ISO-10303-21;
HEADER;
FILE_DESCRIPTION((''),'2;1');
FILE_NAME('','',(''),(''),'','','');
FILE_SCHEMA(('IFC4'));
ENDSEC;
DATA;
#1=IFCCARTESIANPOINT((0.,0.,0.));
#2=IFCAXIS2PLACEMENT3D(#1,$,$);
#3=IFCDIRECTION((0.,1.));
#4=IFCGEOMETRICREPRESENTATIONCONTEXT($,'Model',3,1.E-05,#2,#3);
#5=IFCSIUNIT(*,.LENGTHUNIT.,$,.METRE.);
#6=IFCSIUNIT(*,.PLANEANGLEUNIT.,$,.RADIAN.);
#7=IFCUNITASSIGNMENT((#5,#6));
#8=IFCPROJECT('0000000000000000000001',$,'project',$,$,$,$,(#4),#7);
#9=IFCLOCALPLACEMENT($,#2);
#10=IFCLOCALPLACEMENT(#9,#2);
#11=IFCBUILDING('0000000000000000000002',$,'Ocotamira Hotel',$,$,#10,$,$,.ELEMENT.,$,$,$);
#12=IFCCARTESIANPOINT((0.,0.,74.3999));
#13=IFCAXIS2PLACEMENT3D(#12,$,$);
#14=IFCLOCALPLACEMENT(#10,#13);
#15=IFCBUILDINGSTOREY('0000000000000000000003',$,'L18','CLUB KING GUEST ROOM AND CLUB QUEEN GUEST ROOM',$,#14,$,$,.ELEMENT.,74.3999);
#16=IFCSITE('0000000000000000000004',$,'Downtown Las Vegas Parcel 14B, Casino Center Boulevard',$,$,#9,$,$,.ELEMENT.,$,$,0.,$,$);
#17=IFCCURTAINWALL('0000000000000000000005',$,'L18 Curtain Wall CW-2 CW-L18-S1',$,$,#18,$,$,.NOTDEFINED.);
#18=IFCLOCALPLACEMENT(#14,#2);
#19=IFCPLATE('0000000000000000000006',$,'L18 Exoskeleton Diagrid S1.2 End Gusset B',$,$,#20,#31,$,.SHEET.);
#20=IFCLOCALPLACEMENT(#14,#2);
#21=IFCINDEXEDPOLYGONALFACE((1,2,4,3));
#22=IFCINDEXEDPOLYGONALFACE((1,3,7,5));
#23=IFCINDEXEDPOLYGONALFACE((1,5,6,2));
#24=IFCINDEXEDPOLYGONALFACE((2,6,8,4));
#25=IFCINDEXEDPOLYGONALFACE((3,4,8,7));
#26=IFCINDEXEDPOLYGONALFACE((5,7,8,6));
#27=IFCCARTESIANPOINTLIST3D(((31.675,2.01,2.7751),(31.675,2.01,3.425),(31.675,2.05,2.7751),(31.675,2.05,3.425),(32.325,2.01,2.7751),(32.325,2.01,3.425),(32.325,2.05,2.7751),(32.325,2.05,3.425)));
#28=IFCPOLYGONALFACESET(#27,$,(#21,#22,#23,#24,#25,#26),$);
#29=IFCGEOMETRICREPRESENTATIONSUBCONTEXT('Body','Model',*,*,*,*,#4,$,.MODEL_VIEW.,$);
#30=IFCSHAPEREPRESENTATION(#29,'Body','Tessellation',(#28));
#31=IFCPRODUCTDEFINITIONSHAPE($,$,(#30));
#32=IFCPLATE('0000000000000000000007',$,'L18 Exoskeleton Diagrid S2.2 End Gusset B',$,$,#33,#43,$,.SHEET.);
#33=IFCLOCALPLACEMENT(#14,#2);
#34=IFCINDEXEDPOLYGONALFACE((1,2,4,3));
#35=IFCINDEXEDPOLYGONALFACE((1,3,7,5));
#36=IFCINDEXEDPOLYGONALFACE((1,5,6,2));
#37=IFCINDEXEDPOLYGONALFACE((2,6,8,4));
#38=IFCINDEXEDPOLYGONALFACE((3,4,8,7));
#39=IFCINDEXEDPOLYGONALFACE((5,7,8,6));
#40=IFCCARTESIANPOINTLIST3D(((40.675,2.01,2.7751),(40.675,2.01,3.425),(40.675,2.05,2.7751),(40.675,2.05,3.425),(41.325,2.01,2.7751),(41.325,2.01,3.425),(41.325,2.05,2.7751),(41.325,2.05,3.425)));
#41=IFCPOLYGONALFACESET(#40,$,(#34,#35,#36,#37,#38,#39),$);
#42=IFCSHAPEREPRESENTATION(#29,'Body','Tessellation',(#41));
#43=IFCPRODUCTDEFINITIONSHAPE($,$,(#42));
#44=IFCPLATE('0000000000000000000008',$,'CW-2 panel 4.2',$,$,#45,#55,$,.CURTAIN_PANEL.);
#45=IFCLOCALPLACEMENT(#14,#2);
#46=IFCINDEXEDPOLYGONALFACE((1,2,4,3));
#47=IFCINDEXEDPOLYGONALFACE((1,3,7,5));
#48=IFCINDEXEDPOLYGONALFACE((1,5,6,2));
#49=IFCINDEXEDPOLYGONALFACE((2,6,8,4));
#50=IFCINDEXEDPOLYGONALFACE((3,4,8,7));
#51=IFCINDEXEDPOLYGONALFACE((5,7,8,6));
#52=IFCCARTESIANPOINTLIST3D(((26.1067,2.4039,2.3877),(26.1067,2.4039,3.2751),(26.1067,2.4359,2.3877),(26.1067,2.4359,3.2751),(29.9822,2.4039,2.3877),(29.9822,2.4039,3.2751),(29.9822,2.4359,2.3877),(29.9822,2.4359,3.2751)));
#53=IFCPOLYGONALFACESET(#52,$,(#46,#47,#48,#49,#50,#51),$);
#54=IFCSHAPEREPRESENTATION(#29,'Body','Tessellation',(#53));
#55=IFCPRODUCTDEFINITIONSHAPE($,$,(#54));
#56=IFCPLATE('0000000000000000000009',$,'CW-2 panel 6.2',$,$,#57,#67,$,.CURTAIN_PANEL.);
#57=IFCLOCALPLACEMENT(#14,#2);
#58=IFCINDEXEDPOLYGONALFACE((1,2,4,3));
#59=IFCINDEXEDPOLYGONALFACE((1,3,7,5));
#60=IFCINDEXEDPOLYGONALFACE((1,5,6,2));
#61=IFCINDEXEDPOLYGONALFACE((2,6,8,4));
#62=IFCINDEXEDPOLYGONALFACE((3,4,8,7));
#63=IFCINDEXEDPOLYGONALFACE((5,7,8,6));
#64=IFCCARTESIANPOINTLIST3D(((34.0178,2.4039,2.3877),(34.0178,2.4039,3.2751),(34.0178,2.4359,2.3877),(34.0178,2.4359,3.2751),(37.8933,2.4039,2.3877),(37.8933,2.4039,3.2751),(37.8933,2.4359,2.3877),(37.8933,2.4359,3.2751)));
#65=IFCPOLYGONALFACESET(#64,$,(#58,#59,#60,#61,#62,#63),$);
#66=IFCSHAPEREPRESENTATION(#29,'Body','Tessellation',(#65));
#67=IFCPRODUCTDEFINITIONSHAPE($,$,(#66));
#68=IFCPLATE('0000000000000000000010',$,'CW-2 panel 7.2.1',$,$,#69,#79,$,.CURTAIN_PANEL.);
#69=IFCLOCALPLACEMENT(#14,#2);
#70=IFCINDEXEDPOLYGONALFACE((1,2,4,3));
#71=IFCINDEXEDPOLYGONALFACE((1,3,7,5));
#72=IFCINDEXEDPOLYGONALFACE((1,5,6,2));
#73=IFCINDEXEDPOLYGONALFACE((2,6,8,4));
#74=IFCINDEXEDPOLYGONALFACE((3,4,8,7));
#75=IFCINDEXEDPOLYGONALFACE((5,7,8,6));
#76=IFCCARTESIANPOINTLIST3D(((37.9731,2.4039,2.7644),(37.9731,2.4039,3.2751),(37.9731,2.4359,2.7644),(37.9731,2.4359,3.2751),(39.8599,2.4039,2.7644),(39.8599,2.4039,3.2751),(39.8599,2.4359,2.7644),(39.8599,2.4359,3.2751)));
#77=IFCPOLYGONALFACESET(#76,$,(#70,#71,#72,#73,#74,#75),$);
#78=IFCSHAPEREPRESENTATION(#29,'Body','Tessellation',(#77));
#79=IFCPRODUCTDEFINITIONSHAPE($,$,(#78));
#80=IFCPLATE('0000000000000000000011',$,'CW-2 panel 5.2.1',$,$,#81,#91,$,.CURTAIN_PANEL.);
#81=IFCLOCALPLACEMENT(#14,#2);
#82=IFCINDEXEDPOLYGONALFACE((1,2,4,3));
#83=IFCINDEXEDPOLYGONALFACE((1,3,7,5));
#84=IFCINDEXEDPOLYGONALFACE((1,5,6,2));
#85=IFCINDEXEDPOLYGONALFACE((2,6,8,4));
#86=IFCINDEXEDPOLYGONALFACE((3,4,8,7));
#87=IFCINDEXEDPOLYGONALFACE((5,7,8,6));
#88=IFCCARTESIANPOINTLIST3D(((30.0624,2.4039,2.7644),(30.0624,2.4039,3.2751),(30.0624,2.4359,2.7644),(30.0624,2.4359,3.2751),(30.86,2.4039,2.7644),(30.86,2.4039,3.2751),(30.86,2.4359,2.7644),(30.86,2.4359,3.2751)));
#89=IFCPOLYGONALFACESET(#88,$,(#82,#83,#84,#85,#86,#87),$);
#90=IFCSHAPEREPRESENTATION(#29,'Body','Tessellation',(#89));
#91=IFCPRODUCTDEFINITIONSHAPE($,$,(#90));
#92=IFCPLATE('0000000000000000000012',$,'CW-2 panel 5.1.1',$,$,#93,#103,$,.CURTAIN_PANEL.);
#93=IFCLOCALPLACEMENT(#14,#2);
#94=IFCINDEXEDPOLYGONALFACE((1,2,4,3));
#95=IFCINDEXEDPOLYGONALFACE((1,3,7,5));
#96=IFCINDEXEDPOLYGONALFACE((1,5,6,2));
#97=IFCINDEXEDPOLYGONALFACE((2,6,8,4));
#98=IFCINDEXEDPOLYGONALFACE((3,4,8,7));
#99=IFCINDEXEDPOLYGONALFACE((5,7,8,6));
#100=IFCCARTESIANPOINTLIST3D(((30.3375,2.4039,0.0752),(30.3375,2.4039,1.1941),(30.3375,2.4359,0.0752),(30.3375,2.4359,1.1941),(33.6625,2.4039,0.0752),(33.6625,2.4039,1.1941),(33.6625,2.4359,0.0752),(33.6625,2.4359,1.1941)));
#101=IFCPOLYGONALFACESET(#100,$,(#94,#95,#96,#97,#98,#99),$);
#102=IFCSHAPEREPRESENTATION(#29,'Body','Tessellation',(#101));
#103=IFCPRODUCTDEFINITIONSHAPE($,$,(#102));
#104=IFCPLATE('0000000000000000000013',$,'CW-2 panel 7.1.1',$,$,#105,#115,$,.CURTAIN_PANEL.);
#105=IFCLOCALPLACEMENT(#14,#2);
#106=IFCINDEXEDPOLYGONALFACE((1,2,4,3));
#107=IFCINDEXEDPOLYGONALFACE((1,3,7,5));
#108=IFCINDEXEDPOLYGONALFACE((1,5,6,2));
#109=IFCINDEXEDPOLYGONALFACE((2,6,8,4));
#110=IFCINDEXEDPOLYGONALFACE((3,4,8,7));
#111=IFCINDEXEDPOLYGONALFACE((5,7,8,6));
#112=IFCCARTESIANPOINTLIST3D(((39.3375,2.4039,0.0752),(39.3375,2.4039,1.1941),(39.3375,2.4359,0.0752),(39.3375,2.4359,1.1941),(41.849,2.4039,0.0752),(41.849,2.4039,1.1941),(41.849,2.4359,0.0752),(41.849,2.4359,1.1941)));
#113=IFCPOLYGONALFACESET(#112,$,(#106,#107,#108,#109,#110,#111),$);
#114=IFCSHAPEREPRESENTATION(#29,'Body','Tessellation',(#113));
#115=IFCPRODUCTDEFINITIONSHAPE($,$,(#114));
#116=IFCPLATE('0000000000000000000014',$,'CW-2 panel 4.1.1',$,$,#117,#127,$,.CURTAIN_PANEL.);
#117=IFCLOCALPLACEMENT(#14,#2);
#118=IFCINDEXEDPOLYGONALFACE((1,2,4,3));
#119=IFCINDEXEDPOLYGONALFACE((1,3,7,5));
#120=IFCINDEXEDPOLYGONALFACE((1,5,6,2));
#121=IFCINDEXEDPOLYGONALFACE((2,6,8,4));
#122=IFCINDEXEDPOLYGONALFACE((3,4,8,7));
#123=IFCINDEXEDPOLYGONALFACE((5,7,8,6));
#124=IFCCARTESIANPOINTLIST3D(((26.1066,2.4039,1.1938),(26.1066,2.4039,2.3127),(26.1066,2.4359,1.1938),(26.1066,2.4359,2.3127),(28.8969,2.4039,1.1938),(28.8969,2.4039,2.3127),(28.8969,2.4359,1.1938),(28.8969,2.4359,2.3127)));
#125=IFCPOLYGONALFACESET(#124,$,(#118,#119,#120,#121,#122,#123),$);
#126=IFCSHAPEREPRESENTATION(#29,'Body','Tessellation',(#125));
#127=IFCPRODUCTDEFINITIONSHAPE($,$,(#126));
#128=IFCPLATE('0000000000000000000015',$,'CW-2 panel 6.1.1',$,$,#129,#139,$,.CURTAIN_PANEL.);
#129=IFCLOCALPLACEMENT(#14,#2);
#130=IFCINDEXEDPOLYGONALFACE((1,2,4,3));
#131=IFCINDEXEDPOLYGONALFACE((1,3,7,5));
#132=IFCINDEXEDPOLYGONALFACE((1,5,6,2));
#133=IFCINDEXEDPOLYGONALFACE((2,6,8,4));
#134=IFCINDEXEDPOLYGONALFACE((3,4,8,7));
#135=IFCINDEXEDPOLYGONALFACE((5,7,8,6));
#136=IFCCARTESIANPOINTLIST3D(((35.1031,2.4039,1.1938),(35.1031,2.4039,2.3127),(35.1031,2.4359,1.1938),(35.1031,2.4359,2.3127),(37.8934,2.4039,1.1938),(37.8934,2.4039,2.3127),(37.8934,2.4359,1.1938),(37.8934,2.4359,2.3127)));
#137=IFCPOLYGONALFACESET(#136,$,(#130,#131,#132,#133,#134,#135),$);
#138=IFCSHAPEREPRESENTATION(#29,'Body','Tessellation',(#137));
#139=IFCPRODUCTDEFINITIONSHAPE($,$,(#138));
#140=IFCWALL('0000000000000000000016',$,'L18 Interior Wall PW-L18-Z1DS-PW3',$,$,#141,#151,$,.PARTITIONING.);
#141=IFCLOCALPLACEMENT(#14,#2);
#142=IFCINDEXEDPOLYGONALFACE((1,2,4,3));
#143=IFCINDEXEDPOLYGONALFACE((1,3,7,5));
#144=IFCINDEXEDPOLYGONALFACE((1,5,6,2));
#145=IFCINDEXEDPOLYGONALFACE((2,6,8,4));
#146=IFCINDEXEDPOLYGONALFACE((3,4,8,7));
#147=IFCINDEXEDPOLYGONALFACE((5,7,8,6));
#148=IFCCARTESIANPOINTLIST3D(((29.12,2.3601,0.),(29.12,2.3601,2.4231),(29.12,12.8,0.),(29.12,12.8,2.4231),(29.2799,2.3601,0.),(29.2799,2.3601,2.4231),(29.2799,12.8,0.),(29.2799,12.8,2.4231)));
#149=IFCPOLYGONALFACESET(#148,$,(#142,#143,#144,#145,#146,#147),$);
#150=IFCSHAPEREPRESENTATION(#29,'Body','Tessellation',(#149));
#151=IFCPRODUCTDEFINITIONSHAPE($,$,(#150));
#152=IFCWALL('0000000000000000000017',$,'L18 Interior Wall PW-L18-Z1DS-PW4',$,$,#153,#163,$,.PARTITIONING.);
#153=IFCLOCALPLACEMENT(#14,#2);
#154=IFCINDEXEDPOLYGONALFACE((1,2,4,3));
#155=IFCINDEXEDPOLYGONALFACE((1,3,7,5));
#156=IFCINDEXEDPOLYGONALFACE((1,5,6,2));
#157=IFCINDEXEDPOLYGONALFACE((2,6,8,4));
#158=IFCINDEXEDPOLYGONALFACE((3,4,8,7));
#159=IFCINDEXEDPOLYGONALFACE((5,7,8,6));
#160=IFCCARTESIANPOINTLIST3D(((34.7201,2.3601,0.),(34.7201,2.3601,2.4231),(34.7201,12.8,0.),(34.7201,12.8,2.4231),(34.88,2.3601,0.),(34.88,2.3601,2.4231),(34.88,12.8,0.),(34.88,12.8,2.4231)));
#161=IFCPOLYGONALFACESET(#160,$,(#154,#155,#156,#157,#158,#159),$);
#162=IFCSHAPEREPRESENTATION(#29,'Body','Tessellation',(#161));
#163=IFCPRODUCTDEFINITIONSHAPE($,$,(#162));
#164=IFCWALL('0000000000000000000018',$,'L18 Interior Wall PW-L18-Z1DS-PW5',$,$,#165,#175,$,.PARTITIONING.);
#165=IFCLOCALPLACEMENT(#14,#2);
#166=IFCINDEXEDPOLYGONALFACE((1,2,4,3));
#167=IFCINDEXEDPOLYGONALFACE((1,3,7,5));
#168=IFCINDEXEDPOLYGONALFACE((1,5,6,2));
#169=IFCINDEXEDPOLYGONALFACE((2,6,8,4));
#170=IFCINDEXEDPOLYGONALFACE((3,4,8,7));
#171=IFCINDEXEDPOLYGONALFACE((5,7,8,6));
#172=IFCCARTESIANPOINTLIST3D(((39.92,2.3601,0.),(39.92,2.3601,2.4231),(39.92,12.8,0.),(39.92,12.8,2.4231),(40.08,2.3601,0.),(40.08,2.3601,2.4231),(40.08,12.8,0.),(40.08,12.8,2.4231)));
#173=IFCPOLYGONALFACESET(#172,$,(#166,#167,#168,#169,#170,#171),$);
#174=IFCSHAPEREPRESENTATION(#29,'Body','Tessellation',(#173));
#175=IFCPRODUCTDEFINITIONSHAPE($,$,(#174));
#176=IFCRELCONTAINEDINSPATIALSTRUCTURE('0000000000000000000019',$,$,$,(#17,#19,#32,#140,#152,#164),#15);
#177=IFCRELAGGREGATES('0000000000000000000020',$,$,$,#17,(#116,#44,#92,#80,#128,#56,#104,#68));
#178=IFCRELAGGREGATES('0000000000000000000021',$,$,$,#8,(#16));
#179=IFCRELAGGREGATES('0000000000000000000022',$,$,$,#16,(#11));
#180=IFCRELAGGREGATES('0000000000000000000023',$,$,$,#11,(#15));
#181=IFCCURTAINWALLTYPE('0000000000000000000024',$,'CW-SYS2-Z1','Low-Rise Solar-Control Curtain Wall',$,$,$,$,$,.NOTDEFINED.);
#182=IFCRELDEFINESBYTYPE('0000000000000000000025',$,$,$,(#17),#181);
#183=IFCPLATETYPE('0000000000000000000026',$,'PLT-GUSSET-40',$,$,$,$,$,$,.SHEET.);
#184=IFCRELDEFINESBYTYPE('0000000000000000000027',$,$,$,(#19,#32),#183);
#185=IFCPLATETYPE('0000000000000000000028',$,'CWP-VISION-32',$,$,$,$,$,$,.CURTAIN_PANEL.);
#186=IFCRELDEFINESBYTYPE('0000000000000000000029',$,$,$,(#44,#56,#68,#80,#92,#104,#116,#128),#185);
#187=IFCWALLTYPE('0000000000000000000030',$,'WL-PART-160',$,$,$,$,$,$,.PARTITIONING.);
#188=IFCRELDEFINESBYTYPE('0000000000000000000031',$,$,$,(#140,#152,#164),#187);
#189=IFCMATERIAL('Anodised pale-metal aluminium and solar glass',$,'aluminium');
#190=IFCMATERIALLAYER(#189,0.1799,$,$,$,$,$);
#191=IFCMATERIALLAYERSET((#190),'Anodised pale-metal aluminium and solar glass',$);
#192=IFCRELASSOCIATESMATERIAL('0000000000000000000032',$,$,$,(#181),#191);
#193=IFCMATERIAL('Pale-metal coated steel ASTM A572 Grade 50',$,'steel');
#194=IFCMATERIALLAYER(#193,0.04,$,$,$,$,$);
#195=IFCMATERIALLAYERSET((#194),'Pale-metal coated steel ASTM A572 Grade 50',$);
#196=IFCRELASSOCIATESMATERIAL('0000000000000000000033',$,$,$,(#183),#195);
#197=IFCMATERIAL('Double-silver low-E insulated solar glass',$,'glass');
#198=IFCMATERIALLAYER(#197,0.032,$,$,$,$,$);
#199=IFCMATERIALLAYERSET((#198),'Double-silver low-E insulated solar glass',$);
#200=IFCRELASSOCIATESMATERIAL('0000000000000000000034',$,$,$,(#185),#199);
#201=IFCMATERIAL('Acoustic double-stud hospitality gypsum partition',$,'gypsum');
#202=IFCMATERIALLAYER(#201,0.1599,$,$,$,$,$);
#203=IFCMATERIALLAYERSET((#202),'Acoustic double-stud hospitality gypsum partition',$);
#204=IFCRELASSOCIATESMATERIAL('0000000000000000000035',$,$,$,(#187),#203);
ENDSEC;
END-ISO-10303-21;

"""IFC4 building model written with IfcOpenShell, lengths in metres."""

from ifc_helpers import new_model, si_unit, direction, frame, frame_2d, origin, origin_2d, place, context, subcontext, project, spatial, rectangle, extrude, source, transform, mapped, material, layer, layer_set, type_object, element, aggregate, save


model = new_model("IFC4")

# Units and contexts
model_context = context("Model", 3, precision=1e-05, world=origin(), true_north=direction((0.0, 1.0)))
body_context = subcontext(model_context, "Body", "Model", "MODEL_VIEW")
ifc_project = project(units=[si_unit("LENGTHUNIT", "METRE"), si_unit("PLANEANGLEUNIT", "RADIAN")], contexts=[model_context])

# Site, building, storey
site_placement = place(None, origin())
site = spatial("IfcSite", under=ifc_project, at=site_placement, Name="Downtown Las Vegas Parcel 14B, Casino Center Boulevard", CompositionType="ELEMENT", RefElevation=0.0)
building_placement = place(site_placement, origin())
building = spatial("IfcBuilding", under=site, at=building_placement, Name="Ocotamira Hotel", CompositionType="ELEMENT")
storey_placement = place(building_placement, frame((0.0, 0.0, 74.3999)))
storey = spatial("IfcBuildingStorey", under=building, at=storey_placement, Name="L18", Description="CLUB KING GUEST ROOM AND CLUB QUEEN GUEST ROOM", CompositionType="ELEMENT", Elevation=74.3999)

# Curtain wall
ifc_material_1 = material(Name="Anodised pale-metal aluminium and solar glass", Category="aluminium")
ifc_layer_1 = layer(ifc_material_1, 0.1799)
ifc_layer_set_1 = layer_set([ifc_layer_1], Name="Anodised pale-metal aluminium and solar glass")
curtain_wall_type = type_object("IfcCurtainWallType", Name="CW-SYS2-Z1", Description="Low-Rise Solar-Control Curtain Wall", PredefinedType="NOTDEFINED", material=ifc_layer_set_1)
curtain_wall_placement = place(storey_placement, origin())
curtain_wall = element("IfcCurtainWall", 1, at=curtain_wall_placement, inside=storey, type_object=curtain_wall_type, Name="L18 Curtain Wall CW-2 CW-L18-S1", PredefinedType="NOTDEFINED")

# Plates
ifc_material_2 = material(Name="Pale-metal coated steel ASTM A572 Grade 50", Category="steel")
ifc_layer_2 = layer(ifc_material_2, 0.04)
ifc_layer_set_2 = layer_set([ifc_layer_2], Name="Pale-metal coated steel ASTM A572 Grade 50")
plate_type_1 = type_object("IfcPlateType", Name="PLT-GUSSET-40", PredefinedType="SHEET", material=ifc_layer_set_2)
shared_shape_1 = source(origin(), body_context, "Body", "SweptSolid", [
    extrude(rectangle(XDim=0.6499, YDim=0.04, at=origin_2d()), origin(), (0.0, 0.0, 1.0), 0.6499),
])
for number, where, z_axis, x_axis, name in (
    (2, (32.0, 2.03, 2.7751), (0.0, 0.0, 1.0), (1.0, 0.0, 0.0), "L18 Exoskeleton Diagrid S1.2 End Gusset B"),
    (3, (41.0, 2.03, 2.7751), (0.0, 0.0, 1.0), (1.0, 0.0, 0.0), "L18 Exoskeleton Diagrid S2.2 End Gusset B"),
):
    element("IfcPlate", number, at=place(storey_placement, frame(where, z_axis=z_axis, x_axis=x_axis)), inside=storey, type_object=plate_type_1, Name=name, PredefinedType="SHEET", context=body_context, shape_type="MappedRepresentation", body=[
        mapped(shared_shape_1, transform((0.0, 0.0, 0.0), scale=1.0)),
    ])

# Plates
ifc_material_3 = material(Name="Double-silver low-E insulated solar glass", Category="glass")
ifc_layer_3 = layer(ifc_material_3, 0.032)
ifc_layer_set_3 = layer_set([ifc_layer_3], Name="Double-silver low-E insulated solar glass")
plate_type_2 = type_object("IfcPlateType", Name="CWP-VISION-32", PredefinedType="CURTAIN_PANEL", material=ifc_layer_set_3)
shared_shape_2 = source(origin(), body_context, "Body", "SweptSolid", [
    extrude(rectangle(XDim=3.8755, YDim=0.032, at=origin_2d()), origin(), (0.0, 0.0, 1.0), 0.8875),
])
plate_1_placement = place(storey_placement, frame((28.0444, 2.4199, 2.3877), z_axis=(0.0, 0.0, 1.0), x_axis=(1.0, 0.0, 0.0)))
plate_1 = element("IfcPlate", 4, at=plate_1_placement, type_object=plate_type_2, Name="CW-2 panel 4.2", PredefinedType="CURTAIN_PANEL", context=body_context, shape_type="MappedRepresentation", body=[
    mapped(shared_shape_2, transform((0.0, 0.0, 0.0), scale=1.0)),
])
plate_2_placement = place(storey_placement, frame((35.9556, 2.4199, 2.3877), z_axis=(0.0, 0.0, 1.0), x_axis=(1.0, 0.0, 0.0)))
plate_2 = element("IfcPlate", 5, at=plate_2_placement, type_object=plate_type_2, Name="CW-2 panel 6.2", PredefinedType="CURTAIN_PANEL", context=body_context, shape_type="MappedRepresentation", body=[
    mapped(shared_shape_2, transform((0.0, 0.0, 0.0), scale=1.0)),
])
shared_shape_3 = source(origin(), body_context, "Body", "SweptSolid", [
    extrude(rectangle(XDim=1.8867, YDim=0.032, at=origin_2d()), origin(), (0.0, 0.0, 1.0), 0.5107),
])
plate_3_placement = place(storey_placement, frame((38.9165, 2.4199, 2.7644), z_axis=(0.0, 0.0, 1.0), x_axis=(1.0, 0.0, 0.0)))
plate_3 = element("IfcPlate", 6, at=plate_3_placement, type_object=plate_type_2, Name="CW-2 panel 7.2.1", PredefinedType="CURTAIN_PANEL", context=body_context, shape_type="MappedRepresentation", body=[
    mapped(shared_shape_3, transform((0.0, 0.0, 0.0), scale=1.0)),
])
shared_shape_4 = source(origin(), body_context, "Body", "SweptSolid", [
    extrude(rectangle(XDim=0.7976, YDim=0.032, at=origin_2d()), origin(), (0.0, 0.0, 1.0), 0.5107),
])
plate_4_placement = place(storey_placement, frame((30.4612, 2.4199, 2.7644), z_axis=(0.0, 0.0, 1.0), x_axis=(1.0, 0.0, 0.0)))
plate_4 = element("IfcPlate", 7, at=plate_4_placement, type_object=plate_type_2, Name="CW-2 panel 5.2.1", PredefinedType="CURTAIN_PANEL", context=body_context, shape_type="MappedRepresentation", body=[
    mapped(shared_shape_4, transform((0.0, 0.0, 0.0), scale=1.0)),
])
shared_shape_5 = source(origin(), body_context, "Body", "SweptSolid", [
    extrude(rectangle(XDim=3.325, YDim=0.032, at=origin_2d()), origin(), (0.0, 0.0, 1.0), 1.1189),
])
plate_5_placement = place(storey_placement, frame((32.0, 2.4199, 0.0752), z_axis=(0.0, 0.0, 1.0), x_axis=(1.0, 0.0, 0.0)))
plate_5 = element("IfcPlate", 8, at=plate_5_placement, type_object=plate_type_2, Name="CW-2 panel 5.1.1", PredefinedType="CURTAIN_PANEL", context=body_context, shape_type="MappedRepresentation", body=[
    mapped(shared_shape_5, transform((0.0, 0.0, 0.0), scale=1.0)),
])
shared_shape_6 = source(origin(), body_context, "Body", "SweptSolid", [
    extrude(rectangle(XDim=2.5115, YDim=0.032, at=origin_2d()), origin(), (0.0, 0.0, 1.0), 1.1189),
])
plate_6_placement = place(storey_placement, frame((40.5933, 2.4199, 0.0752), z_axis=(0.0, 0.0, 1.0), x_axis=(1.0, 0.0, 0.0)))
plate_6 = element("IfcPlate", 9, at=plate_6_placement, type_object=plate_type_2, Name="CW-2 panel 7.1.1", PredefinedType="CURTAIN_PANEL", context=body_context, shape_type="MappedRepresentation", body=[
    mapped(shared_shape_6, transform((0.0, 0.0, 0.0), scale=1.0)),
])
shared_shape_7 = source(origin(), body_context, "Body", "SweptSolid", [
    extrude(rectangle(XDim=2.7903, YDim=0.032, at=origin_2d()), origin(), (0.0, 0.0, 1.0), 1.1189),
])
plate_7_placement = place(storey_placement, frame((27.5017, 2.4199, 1.1938), z_axis=(0.0, 0.0, 1.0), x_axis=(1.0, 0.0, 0.0)))
plate_7 = element("IfcPlate", 10, at=plate_7_placement, type_object=plate_type_2, Name="CW-2 panel 4.1.1", PredefinedType="CURTAIN_PANEL", context=body_context, shape_type="MappedRepresentation", body=[
    mapped(shared_shape_7, transform((0.0, 0.0, 0.0), scale=1.0)),
])
plate_8_placement = place(storey_placement, frame((36.4983, 2.4199, 1.1938), z_axis=(0.0, 0.0, 1.0), x_axis=(1.0, 0.0, 0.0)))
plate_8 = element("IfcPlate", 11, at=plate_8_placement, type_object=plate_type_2, Name="CW-2 panel 6.1.1", PredefinedType="CURTAIN_PANEL", context=body_context, shape_type="MappedRepresentation", body=[
    mapped(shared_shape_7, transform((0.0, 0.0, 0.0), scale=1.0)),
])
aggregate(curtain_wall, [plate_7, plate_1, plate_5, plate_4, plate_8, plate_2, plate_6, plate_3])

# Walls
ifc_material_4 = material(Name="Acoustic double-stud hospitality gypsum partition", Category="gypsum")
ifc_layer_4 = layer(ifc_material_4, 0.1599)
ifc_layer_set_4 = layer_set([ifc_layer_4], Name="Acoustic double-stud hospitality gypsum partition")
wall_type = type_object("IfcWallType", Name="WL-PART-160", PredefinedType="PARTITIONING", material=ifc_layer_set_4)
for number, where, z_axis, x_axis, name in (
    (12, (29.2, 2.3601, 0.0), (0.0, 0.0, 1.0), (0.0, 1.0, 0.0), "L18 Interior Wall PW-L18-Z1DS-PW3"),
    (13, (34.8, 2.3601, 0.0), (0.0, 0.0, 1.0), (0.0, 1.0, 0.0), "L18 Interior Wall PW-L18-Z1DS-PW4"),
    (14, (40.0, 2.3601, 0.0), (0.0, 0.0, 1.0), (0.0, 1.0, 0.0), "L18 Interior Wall PW-L18-Z1DS-PW5"),
):
    element("IfcWall", number, at=place(storey_placement, frame(where, z_axis=z_axis, x_axis=x_axis)), inside=storey, type_object=wall_type, Name=name, PredefinedType="PARTITIONING", context=body_context, shape_type="SweptSolid", body=[
        extrude(rectangle(XDim=10.4399, YDim=0.1599, at=frame_2d((5.22, 0.0))), origin(), (0.0, 0.0, 1.0), 2.4231),
    ])

save(model, "model.ifc")
